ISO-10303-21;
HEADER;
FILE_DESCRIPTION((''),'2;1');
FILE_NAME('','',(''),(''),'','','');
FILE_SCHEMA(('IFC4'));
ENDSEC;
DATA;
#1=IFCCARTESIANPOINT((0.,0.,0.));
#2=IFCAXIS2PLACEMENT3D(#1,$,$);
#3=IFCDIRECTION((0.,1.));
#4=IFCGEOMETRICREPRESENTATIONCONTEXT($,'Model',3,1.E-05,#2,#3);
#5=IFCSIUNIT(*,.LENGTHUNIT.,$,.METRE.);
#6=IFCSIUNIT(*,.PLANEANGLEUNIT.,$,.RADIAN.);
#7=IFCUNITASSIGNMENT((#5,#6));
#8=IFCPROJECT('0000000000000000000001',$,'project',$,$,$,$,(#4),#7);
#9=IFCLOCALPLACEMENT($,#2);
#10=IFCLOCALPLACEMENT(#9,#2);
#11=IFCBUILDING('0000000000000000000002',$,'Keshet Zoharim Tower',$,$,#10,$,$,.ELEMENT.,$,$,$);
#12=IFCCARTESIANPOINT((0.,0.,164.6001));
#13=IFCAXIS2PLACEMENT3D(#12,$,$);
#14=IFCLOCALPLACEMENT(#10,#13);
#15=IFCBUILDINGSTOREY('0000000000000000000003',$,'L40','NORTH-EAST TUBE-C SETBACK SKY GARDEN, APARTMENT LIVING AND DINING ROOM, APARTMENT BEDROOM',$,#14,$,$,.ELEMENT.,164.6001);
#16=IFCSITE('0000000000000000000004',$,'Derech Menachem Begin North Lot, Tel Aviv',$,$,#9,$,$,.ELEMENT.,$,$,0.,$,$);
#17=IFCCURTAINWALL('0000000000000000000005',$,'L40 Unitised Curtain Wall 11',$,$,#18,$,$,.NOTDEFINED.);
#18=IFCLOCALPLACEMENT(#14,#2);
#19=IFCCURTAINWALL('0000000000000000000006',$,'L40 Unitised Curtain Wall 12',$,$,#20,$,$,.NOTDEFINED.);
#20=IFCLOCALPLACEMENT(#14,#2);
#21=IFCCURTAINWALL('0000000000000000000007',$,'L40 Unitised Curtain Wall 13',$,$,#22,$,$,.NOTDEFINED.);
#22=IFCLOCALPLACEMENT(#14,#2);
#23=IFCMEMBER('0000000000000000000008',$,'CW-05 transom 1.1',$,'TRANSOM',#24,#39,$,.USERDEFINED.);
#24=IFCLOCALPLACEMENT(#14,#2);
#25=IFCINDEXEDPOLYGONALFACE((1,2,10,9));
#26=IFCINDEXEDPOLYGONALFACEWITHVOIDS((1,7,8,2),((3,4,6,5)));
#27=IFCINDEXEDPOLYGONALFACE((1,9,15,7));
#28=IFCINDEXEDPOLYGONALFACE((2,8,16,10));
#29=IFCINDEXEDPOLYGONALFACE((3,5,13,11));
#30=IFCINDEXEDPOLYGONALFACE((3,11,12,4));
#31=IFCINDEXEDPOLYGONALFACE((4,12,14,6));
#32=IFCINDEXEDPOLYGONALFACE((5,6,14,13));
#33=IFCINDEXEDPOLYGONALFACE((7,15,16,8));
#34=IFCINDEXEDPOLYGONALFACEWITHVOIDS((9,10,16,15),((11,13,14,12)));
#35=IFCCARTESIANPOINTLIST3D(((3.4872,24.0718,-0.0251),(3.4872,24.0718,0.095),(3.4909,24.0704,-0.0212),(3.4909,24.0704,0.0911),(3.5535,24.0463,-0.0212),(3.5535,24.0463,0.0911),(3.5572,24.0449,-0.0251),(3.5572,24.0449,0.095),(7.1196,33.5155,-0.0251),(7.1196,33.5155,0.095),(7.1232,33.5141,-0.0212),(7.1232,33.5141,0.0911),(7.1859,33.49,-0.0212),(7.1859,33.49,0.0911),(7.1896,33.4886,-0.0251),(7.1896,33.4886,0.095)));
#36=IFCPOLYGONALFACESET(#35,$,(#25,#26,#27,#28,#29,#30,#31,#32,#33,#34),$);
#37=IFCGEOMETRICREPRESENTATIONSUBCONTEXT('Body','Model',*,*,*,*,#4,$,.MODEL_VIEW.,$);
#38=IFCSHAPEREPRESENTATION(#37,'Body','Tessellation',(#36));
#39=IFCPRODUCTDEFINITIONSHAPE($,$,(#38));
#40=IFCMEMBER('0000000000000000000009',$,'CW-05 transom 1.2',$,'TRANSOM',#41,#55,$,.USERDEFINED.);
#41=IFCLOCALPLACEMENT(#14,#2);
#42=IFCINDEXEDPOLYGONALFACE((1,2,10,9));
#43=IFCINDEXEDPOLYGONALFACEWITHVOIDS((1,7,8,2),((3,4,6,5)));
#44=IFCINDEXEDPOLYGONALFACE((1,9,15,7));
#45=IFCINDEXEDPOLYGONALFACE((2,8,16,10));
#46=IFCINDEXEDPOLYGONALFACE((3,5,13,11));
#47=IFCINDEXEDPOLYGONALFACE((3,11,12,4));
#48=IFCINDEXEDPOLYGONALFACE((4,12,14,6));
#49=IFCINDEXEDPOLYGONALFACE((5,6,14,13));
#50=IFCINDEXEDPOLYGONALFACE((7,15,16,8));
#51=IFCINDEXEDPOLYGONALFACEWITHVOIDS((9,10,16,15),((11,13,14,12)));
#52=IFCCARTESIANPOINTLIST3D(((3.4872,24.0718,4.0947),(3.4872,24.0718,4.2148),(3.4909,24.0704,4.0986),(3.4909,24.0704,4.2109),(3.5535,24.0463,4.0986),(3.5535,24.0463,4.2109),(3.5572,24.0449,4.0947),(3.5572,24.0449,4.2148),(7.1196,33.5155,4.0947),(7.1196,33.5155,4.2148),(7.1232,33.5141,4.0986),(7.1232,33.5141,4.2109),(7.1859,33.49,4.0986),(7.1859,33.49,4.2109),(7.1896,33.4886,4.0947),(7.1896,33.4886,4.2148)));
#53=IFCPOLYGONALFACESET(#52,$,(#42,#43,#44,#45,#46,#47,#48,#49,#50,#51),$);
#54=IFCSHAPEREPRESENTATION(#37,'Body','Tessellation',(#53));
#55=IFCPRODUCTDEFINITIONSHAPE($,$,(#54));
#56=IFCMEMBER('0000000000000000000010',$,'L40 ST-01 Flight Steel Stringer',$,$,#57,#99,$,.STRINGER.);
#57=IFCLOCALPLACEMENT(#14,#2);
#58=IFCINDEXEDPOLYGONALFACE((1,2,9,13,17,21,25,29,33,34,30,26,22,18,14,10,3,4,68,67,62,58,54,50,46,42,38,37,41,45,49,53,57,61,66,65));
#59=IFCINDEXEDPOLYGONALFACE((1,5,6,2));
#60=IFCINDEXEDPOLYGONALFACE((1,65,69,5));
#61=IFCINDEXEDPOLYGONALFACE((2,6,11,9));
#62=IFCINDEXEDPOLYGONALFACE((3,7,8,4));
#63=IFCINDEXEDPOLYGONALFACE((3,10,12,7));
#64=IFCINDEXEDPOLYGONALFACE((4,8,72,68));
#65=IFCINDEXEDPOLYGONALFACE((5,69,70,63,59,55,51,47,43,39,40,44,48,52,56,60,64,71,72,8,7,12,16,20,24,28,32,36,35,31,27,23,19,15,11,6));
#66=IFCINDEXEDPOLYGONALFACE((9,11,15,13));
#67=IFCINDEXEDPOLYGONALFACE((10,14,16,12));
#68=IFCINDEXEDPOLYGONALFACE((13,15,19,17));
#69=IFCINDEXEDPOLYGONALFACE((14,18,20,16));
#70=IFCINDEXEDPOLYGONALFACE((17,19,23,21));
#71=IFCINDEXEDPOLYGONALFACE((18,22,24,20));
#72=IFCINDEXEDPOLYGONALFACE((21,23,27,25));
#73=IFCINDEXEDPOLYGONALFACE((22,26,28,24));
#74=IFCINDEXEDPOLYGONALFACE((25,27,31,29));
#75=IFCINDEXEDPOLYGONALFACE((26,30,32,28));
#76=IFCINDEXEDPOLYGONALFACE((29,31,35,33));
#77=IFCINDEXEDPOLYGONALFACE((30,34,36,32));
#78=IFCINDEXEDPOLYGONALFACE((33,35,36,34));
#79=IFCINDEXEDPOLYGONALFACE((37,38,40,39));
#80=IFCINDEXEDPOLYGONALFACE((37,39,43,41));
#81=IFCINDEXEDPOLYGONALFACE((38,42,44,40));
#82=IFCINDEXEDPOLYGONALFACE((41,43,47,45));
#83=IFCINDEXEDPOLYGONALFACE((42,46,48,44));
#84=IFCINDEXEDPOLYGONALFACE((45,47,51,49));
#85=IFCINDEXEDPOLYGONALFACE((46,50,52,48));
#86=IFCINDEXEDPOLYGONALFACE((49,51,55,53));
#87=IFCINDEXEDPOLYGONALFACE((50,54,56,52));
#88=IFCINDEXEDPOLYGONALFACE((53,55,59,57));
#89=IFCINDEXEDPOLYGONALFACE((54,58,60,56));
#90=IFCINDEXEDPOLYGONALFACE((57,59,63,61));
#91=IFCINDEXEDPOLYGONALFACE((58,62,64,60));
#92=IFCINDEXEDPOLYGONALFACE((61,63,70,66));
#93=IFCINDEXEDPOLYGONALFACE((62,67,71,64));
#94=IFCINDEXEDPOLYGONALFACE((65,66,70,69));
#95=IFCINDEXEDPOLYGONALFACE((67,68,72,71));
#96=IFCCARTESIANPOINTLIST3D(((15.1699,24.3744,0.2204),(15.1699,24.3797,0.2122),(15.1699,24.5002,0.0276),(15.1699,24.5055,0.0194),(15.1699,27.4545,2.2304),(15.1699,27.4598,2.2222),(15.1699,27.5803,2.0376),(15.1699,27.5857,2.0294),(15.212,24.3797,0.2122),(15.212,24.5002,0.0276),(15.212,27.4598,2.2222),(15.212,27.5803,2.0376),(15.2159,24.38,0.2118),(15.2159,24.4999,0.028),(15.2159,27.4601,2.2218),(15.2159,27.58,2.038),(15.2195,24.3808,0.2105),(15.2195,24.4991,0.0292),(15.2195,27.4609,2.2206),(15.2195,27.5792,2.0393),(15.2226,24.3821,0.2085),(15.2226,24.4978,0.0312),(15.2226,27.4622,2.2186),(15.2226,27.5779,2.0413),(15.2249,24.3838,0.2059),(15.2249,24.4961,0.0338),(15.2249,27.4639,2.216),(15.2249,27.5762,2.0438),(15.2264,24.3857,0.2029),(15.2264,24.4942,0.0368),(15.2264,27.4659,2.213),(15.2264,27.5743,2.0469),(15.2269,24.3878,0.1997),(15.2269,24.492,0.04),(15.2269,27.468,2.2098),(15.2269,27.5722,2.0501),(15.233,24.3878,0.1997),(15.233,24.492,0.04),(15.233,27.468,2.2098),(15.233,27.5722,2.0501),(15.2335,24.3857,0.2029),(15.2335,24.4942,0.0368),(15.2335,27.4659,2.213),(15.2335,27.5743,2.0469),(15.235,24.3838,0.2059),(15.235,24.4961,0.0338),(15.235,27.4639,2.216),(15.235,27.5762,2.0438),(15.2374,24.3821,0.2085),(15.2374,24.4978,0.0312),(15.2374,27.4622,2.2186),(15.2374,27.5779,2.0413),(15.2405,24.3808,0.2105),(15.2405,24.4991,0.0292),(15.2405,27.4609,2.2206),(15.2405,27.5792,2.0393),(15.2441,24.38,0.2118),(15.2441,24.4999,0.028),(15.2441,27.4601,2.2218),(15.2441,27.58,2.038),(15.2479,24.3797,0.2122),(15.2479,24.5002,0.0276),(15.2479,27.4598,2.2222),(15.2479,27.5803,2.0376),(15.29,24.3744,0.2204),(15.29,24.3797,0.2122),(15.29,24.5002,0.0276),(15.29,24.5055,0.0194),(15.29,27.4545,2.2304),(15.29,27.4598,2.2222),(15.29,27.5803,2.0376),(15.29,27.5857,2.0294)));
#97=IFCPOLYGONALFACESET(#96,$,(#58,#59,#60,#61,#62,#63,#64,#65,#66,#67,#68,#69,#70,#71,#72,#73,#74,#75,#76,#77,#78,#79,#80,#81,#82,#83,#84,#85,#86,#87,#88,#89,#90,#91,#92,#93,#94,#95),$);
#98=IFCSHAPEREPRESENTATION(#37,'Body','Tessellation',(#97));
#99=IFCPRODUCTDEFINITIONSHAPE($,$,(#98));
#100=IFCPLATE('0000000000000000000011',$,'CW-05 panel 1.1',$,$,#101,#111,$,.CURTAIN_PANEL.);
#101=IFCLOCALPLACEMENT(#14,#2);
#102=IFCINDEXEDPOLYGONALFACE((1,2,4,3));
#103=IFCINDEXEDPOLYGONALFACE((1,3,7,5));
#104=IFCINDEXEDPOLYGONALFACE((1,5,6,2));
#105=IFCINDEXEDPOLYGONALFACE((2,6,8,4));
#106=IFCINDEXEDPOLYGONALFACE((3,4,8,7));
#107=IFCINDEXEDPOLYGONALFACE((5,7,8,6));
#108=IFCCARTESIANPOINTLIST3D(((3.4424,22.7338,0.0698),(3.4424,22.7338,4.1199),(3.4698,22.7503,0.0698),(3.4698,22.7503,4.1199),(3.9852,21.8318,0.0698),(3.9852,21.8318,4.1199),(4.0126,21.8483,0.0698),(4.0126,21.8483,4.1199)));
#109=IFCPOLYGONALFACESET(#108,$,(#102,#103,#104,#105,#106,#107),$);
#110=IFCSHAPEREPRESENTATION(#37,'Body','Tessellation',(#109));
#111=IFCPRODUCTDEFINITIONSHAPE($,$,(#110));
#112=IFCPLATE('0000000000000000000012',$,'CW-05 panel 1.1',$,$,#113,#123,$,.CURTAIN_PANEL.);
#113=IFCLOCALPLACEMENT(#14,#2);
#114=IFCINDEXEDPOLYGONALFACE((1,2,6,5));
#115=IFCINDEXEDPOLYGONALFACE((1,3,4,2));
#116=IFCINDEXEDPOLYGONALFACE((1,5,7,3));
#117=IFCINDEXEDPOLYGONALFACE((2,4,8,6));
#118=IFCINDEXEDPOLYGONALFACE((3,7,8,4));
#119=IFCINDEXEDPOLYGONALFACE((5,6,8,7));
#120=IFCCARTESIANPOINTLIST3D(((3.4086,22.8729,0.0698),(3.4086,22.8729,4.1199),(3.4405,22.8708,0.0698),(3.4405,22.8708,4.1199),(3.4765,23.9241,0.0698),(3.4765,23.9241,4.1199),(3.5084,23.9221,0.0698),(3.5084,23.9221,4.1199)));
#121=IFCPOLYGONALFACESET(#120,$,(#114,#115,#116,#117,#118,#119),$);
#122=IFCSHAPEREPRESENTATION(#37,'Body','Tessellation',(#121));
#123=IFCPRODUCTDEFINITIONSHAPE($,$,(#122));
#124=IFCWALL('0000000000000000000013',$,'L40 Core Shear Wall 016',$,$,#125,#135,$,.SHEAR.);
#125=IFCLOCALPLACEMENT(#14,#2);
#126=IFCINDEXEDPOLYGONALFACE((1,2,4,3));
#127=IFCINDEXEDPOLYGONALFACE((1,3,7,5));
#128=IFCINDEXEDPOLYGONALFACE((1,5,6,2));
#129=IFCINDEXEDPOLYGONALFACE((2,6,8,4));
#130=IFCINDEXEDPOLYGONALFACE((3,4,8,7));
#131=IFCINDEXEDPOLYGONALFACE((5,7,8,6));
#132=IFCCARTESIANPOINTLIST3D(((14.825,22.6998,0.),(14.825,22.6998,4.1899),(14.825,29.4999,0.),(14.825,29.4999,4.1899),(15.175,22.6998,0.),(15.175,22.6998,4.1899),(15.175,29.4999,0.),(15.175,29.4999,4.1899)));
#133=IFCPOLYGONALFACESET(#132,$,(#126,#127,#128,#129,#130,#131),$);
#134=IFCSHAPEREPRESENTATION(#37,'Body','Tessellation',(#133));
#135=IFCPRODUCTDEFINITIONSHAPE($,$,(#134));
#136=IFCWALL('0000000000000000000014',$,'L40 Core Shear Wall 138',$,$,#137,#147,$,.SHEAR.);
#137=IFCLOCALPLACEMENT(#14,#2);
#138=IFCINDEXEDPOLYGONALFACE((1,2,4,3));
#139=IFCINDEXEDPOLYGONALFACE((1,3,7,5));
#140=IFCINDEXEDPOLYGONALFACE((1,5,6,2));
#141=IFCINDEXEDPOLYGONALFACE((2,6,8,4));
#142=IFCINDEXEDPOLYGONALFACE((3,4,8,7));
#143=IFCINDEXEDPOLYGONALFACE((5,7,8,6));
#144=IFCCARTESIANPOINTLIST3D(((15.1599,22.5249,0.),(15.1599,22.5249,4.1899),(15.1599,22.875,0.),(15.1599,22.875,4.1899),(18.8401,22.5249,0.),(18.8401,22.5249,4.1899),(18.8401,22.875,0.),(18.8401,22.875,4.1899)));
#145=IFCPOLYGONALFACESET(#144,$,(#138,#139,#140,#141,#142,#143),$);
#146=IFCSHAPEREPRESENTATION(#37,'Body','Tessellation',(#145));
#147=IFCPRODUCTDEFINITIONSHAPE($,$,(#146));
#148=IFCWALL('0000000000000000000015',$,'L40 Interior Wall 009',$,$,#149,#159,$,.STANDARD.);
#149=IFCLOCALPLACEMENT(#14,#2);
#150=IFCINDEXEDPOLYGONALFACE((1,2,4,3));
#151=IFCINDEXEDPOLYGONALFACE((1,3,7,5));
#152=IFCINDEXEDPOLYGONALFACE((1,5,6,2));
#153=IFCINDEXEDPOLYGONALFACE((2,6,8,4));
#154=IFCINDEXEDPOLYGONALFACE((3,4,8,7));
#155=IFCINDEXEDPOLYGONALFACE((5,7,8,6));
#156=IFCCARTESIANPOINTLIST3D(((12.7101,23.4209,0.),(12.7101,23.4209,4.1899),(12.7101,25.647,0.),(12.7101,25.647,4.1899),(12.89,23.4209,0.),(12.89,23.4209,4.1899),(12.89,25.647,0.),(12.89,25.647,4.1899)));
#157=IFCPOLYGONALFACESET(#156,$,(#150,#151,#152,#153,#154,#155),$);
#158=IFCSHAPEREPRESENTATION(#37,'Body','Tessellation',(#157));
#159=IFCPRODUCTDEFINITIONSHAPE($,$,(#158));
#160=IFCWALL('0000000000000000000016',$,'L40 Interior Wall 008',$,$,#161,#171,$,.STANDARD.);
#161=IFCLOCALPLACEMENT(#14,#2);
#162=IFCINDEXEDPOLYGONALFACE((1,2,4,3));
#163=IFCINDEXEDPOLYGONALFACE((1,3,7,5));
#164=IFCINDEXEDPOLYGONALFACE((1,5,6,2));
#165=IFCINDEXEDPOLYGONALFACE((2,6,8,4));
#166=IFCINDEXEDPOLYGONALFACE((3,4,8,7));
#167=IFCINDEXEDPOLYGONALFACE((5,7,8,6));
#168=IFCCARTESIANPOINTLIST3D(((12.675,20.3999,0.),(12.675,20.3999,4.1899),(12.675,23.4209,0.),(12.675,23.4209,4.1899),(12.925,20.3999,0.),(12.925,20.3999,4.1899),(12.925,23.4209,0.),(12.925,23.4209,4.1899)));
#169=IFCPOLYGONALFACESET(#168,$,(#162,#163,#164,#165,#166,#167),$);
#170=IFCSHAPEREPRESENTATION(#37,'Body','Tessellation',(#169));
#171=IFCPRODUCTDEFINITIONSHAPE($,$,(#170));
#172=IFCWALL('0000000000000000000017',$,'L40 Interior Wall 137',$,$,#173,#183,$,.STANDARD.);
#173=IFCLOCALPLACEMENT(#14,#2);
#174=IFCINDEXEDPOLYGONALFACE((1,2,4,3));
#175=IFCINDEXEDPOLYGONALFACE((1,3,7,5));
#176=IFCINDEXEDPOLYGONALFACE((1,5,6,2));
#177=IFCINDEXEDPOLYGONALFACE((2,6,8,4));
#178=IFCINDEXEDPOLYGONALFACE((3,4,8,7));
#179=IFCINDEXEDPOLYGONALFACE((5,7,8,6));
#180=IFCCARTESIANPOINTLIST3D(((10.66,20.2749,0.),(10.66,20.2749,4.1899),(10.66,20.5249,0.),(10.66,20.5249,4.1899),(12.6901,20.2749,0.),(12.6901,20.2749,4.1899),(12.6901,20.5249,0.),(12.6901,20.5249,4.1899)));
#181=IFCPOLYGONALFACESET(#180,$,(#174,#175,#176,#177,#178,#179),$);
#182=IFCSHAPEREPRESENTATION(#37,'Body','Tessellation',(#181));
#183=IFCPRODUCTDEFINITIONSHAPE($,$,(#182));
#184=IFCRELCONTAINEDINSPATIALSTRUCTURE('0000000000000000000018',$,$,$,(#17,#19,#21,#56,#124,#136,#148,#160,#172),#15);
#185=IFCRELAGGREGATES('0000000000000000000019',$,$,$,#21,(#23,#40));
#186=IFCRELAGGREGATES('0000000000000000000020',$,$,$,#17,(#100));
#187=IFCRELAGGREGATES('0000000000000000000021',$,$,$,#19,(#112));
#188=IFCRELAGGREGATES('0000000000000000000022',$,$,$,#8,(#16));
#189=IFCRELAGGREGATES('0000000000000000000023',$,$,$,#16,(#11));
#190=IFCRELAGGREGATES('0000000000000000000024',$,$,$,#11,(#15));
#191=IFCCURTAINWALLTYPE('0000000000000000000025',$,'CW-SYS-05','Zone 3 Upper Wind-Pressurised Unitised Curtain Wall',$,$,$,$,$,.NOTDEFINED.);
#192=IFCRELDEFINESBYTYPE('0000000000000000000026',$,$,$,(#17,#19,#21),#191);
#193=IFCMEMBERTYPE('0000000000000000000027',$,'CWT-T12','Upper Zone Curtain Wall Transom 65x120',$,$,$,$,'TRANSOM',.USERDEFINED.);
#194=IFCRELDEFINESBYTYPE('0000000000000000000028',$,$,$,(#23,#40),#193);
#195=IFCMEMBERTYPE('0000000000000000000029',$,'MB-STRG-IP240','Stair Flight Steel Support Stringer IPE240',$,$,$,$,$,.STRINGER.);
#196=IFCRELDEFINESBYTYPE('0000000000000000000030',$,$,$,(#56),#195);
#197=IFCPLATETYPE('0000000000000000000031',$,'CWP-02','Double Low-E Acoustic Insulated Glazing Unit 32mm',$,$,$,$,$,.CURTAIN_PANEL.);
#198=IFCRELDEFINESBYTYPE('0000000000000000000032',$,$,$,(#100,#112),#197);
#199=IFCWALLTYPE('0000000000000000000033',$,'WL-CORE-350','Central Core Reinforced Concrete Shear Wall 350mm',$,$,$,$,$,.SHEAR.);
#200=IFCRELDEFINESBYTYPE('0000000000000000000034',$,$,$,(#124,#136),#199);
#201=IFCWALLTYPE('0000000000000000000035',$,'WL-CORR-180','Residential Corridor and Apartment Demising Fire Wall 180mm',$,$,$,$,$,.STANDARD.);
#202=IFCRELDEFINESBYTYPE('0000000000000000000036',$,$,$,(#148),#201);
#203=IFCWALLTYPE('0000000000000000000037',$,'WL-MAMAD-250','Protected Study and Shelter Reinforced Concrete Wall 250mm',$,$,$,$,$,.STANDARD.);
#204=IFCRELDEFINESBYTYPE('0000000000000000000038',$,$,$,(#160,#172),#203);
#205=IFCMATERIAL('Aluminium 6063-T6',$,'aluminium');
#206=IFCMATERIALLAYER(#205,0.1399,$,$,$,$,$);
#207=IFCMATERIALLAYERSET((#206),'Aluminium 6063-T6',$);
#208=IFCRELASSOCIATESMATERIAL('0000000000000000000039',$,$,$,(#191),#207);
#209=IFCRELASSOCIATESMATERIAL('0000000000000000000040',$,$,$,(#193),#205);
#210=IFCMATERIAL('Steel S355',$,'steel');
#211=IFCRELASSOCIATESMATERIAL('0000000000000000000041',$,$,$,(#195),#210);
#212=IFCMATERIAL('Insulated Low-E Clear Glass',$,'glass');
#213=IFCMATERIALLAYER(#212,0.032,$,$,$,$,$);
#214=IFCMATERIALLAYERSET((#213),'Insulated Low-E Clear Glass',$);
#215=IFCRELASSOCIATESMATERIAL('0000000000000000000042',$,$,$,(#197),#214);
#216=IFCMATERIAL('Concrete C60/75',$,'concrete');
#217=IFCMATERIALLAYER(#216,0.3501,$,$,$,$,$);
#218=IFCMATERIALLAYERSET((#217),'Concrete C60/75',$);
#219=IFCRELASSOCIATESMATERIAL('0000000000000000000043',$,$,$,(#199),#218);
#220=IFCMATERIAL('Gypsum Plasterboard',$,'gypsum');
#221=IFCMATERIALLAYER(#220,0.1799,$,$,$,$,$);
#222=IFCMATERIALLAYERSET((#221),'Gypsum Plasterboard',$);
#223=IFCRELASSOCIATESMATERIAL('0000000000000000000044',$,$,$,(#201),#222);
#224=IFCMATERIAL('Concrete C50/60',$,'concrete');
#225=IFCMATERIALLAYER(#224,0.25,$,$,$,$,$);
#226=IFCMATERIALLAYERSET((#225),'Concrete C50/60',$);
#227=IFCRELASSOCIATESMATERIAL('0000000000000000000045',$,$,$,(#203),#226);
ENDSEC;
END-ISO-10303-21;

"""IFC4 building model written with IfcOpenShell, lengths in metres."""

from ifc_helpers import new_model, si_unit, direction, frame, frame_2d, origin, origin_2d, place, context, subcontext, project, spatial, rectangle, hollow_rectangle, i_section, extrude, material, layer, layer_set, material_profile, profile_set, type_object, element, aggregate, save


model = new_model("IFC4")

# Units and contexts
model_context = context("Model", 3, precision=1e-05, world=origin(), true_north=direction((0.0, 1.0)))
body_context = subcontext(model_context, "Body", "Model", "MODEL_VIEW")
ifc_project = project(units=[si_unit("LENGTHUNIT", "METRE"), si_unit("PLANEANGLEUNIT", "RADIAN")], contexts=[model_context])

# Site, building, storey
site_placement = place(None, origin())
site = spatial("IfcSite", under=ifc_project, at=site_placement, Name="Derech Menachem Begin North Lot, Tel Aviv", CompositionType="ELEMENT", RefElevation=0.0)
building_placement = place(site_placement, origin())
building = spatial("IfcBuilding", under=site, at=building_placement, Name="Keshet Zoharim Tower", CompositionType="ELEMENT")
storey_placement = place(building_placement, frame((0.0, 0.0, 164.6001)))
storey = spatial("IfcBuildingStorey", under=building, at=storey_placement, Name="L40", Description="NORTH-EAST TUBE-C SETBACK SKY GARDEN, APARTMENT LIVING AND DINING ROOM, APARTMENT BEDROOM", CompositionType="ELEMENT", Elevation=164.6001)

# Shared definitions
ifc_material_1 = material(Name="Concrete C60/75", Category="concrete")

# Shared definitions
ifc_material_2 = material(Name="Aluminium 6063-T6", Category="aluminium")
ifc_layer_1 = layer(ifc_material_2, 0.1399)
ifc_layer_set_1 = layer_set([ifc_layer_1], Name="Aluminium 6063-T6")
curtain_wall_type = type_object("IfcCurtainWallType", Name="CW-SYS-05", Description="Zone 3 Upper Wind-Pressurised Unitised Curtain Wall", PredefinedType="NOTDEFINED", material=ifc_layer_set_1)

# Curtain walls
curtain_wall_1_placement = place(storey_placement, origin())
curtain_wall_1 = element("IfcCurtainWall", 1, at=curtain_wall_1_placement, inside=storey, type_object=curtain_wall_type, Name="L40 Unitised Curtain Wall 11", PredefinedType="NOTDEFINED")
curtain_wall_2_placement = place(storey_placement, origin())
curtain_wall_2 = element("IfcCurtainWall", 2, at=curtain_wall_2_placement, inside=storey, type_object=curtain_wall_type, Name="L40 Unitised Curtain Wall 12", PredefinedType="NOTDEFINED")

# Curtain wall
curtain_wall_3_placement = place(storey_placement, origin())
curtain_wall_3 = element("IfcCurtainWall", 3, at=curtain_wall_3_placement, inside=storey, type_object=curtain_wall_type, Name="L40 Unitised Curtain Wall 13", PredefinedType="NOTDEFINED")

# Members
ifc_material_profile_1 = material_profile(ifc_material_2, hollow_rectangle(XDim=0.075, YDim=0.1201, WallThickness=0.0039, at=origin_2d()), Name="TRN-75x120")
ifc_profile_set_1 = profile_set([ifc_material_profile_1], Name="Aluminium 6063-T6")
member_type_1 = type_object("IfcMemberType", Name="CWT-T12", Description="Upper Zone Curtain Wall Transom 65x120", ElementType="TRANSOM", PredefinedType="USERDEFINED", material=ifc_profile_set_1)
member_1_placement = place(storey_placement, frame((3.5222, 24.0583, 0.0349), z_axis=(0.358994, 0.93334, 0.0), x_axis=(-0.93334, 0.358994, 0.0)))
member_1 = element("IfcMember", 4, at=member_1_placement, type_object=member_type_1, Name="CW-05 transom 1.1", ObjectType="TRANSOM", PredefinedType="USERDEFINED", context=body_context, shape_type="SweptSolid", body=[
    extrude(hollow_rectangle(XDim=0.075, YDim=0.1201, WallThickness=0.0039, at=origin_2d()), origin(), (0.0, 0.0, 1.0), 10.1182),
])
member_2_placement = place(storey_placement, frame((3.5222, 24.0583, 4.1548), z_axis=(0.358994, 0.93334, 0.0), x_axis=(-0.93334, 0.358994, 0.0)))
member_2 = element("IfcMember", 5, at=member_2_placement, type_object=member_type_1, Name="CW-05 transom 1.2", ObjectType="TRANSOM", PredefinedType="USERDEFINED", context=body_context, shape_type="SweptSolid", body=[
    extrude(hollow_rectangle(XDim=0.075, YDim=0.1201, WallThickness=0.0039, at=origin_2d()), origin(), (0.0, 0.0, 1.0), 10.1182),
])
aggregate(curtain_wall_3, [member_1, member_2])
ifc_material_3 = material(Name="Steel S355", Category="steel")
ifc_material_profile_2 = material_profile(ifc_material_3, i_section(OverallWidth=0.1201, OverallDepth=0.24, WebThickness=0.0061, FlangeThickness=0.0098, FilletRadius=0.0149, at=origin_2d()), Name="IPE240")
ifc_profile_set_2 = profile_set([ifc_material_profile_2], Name="Steel S355")
member_type_2 = type_object("IfcMemberType", Name="MB-STRG-IP240", Description="Stair Flight Steel Support Stringer IPE240", PredefinedType="STRINGER", material=ifc_profile_set_2)
member_3_placement = place(storey_placement, frame((15.23, 24.4399, 0.1199), z_axis=(0.0, 0.837453, 0.546509), x_axis=(-1.0, 0.0, 0.0)))
element("IfcMember", 6, at=member_3_placement, inside=storey, type_object=member_type_2, Name="L40 ST-01 Flight Steel Stringer", PredefinedType="STRINGER", context=body_context, shape_type="SweptSolid", body=[
    extrude(i_section(OverallWidth=0.1201, OverallDepth=0.24, WebThickness=0.0061, FlangeThickness=0.0098, FilletRadius=0.0149, at=origin_2d()), origin(), (0.0, 0.0, 1.0), 3.678),
])

# Plates
ifc_material_4 = material(Name="Insulated Low-E Clear Glass", Category="glass")
ifc_layer_2 = layer(ifc_material_4, 0.032)
ifc_layer_set_2 = layer_set([ifc_layer_2], Name="Insulated Low-E Clear Glass")
plate_type = type_object("IfcPlateType", Name="CWP-02", Description="Double Low-E Acoustic Insulated Glazing Unit 32mm", PredefinedType="CURTAIN_PANEL", material=ifc_layer_set_2)
plate_1_placement = place(storey_placement, frame((3.7275, 22.291, 0.0698), z_axis=(0.0, 0.0, 1.0), x_axis=(-0.515605, 0.856826, 0.0)))
plate_1 = element("IfcPlate", 7, at=plate_1_placement, type_object=plate_type, Name="CW-05 panel 1.1", PredefinedType="CURTAIN_PANEL", context=body_context, shape_type="SweptSolid", body=[
    extrude(rectangle(XDim=1.0527, YDim=0.032, at=origin_2d()), origin(), (0.0, 0.0, 1.0), 4.05),
])
aggregate(curtain_wall_1, [plate_1])
plate_2_placement = place(storey_placement, frame((3.4585, 23.3975, 0.0698), z_axis=(0.0, 0.0, 1.0), x_axis=(0.064517, 0.997917, 0.0)))
plate_2 = element("IfcPlate", 8, at=plate_2_placement, type_object=plate_type, Name="CW-05 panel 1.1", PredefinedType="CURTAIN_PANEL", context=body_context, shape_type="SweptSolid", body=[
    extrude(rectangle(XDim=1.0535, YDim=0.032, at=origin_2d()), origin(), (0.0, 0.0, 1.0), 4.05),
])
aggregate(curtain_wall_2, [plate_2])

# Walls
ifc_layer_3 = layer(ifc_material_1, 0.3501)
ifc_layer_set_3 = layer_set([ifc_layer_3], Name="Concrete C60/75")
wall_type_1 = type_object("IfcWallType", Name="WL-CORE-350", Description="Central Core Reinforced Concrete Shear Wall 350mm", PredefinedType="SHEAR", material=ifc_layer_set_3)
wall_1_placement = place(storey_placement, frame((15.0, 22.7, 0.0), z_axis=(0.0, 0.0, 1.0), x_axis=(0.0, 1.0, 0.0)))
element("IfcWall", 9, at=wall_1_placement, inside=storey, type_object=wall_type_1, Name="L40 Core Shear Wall 016", PredefinedType="SHEAR", context=body_context, shape_type="SweptSolid", body=[
    extrude(rectangle(XDim=6.8, YDim=0.3501, at=frame_2d((3.3999, 0.0))), origin(), (0.0, 0.0, 1.0), 4.1899),
])
wall_2_placement = place(storey_placement, frame((15.1599, 22.7, 0.0), z_axis=(0.0, 0.0, 1.0), x_axis=(1.0, 0.0, 0.0)))
element("IfcWall", 10, at=wall_2_placement, inside=storey, type_object=wall_type_1, Name="L40 Core Shear Wall 138", PredefinedType="SHEAR", context=body_context, shape_type="SweptSolid", body=[
    extrude(rectangle(XDim=3.6802, YDim=0.3501, at=frame_2d((1.8401, 0.0))), origin(), (0.0, 0.0, 1.0), 4.1899),
])
ifc_material_5 = material(Name="Gypsum Plasterboard", Category="gypsum")
ifc_layer_4 = layer(ifc_material_5, 0.1799)
ifc_layer_set_4 = layer_set([ifc_layer_4], Name="Gypsum Plasterboard")
wall_type_2 = type_object("IfcWallType", Name="WL-CORR-180", Description="Residential Corridor and Apartment Demising Fire Wall 180mm", PredefinedType="STANDARD", material=ifc_layer_set_4)
wall_3_placement = place(storey_placement, frame((12.8, 23.4209, 0.0), z_axis=(0.0, 0.0, 1.0), x_axis=(0.0, 1.0, 0.0)))
element("IfcWall", 11, at=wall_3_placement, inside=storey, type_object=wall_type_2, Name="L40 Interior Wall 009", PredefinedType="STANDARD", context=body_context, shape_type="SweptSolid", body=[
    extrude(rectangle(XDim=2.2261, YDim=0.1799, at=frame_2d((1.113, 0.0))), origin(), (0.0, 0.0, 1.0), 4.1899),
])

# Shared definitions
ifc_material_6 = material(Name="Concrete C50/60", Category="concrete")
ifc_layer_5 = layer(ifc_material_6, 0.25)
ifc_layer_set_5 = layer_set([ifc_layer_5], Name="Concrete C50/60")
wall_type_3 = type_object("IfcWallType", Name="WL-MAMAD-250", Description="Protected Study and Shelter Reinforced Concrete Wall 250mm", PredefinedType="STANDARD", material=ifc_layer_set_5)

# Walls
wall_4_placement = place(storey_placement, frame((12.8, 20.3999, 0.0), z_axis=(0.0, 0.0, 1.0), x_axis=(0.0, 1.0, 0.0)))
element("IfcWall", 12, at=wall_4_placement, inside=storey, type_object=wall_type_3, Name="L40 Interior Wall 008", PredefinedType="STANDARD", context=body_context, shape_type="SweptSolid", body=[
    extrude(rectangle(XDim=3.021, YDim=0.25, at=frame_2d((1.5105, 0.0))), origin(), (0.0, 0.0, 1.0), 4.1899),
])
for number, where, z_axis, x_axis, name in (
    (13, (10.6599, 20.3999, 0.0), (0.0, 0.0, 1.0), (1.0, 0.0, 0.0), "L40 Interior Wall 137"),
):
    element("IfcWall", number, at=place(storey_placement, frame(where, z_axis=z_axis, x_axis=x_axis)), inside=storey, type_object=wall_type_3, Name=name, PredefinedType="STANDARD", context=body_context, shape_type="SweptSolid", body=[
        extrude(rectangle(XDim=2.03, YDim=0.25, at=frame_2d((1.0151, 0.0))), origin(), (0.0, 0.0, 1.0), 4.1899),
    ])

save(model, "model.ifc")
